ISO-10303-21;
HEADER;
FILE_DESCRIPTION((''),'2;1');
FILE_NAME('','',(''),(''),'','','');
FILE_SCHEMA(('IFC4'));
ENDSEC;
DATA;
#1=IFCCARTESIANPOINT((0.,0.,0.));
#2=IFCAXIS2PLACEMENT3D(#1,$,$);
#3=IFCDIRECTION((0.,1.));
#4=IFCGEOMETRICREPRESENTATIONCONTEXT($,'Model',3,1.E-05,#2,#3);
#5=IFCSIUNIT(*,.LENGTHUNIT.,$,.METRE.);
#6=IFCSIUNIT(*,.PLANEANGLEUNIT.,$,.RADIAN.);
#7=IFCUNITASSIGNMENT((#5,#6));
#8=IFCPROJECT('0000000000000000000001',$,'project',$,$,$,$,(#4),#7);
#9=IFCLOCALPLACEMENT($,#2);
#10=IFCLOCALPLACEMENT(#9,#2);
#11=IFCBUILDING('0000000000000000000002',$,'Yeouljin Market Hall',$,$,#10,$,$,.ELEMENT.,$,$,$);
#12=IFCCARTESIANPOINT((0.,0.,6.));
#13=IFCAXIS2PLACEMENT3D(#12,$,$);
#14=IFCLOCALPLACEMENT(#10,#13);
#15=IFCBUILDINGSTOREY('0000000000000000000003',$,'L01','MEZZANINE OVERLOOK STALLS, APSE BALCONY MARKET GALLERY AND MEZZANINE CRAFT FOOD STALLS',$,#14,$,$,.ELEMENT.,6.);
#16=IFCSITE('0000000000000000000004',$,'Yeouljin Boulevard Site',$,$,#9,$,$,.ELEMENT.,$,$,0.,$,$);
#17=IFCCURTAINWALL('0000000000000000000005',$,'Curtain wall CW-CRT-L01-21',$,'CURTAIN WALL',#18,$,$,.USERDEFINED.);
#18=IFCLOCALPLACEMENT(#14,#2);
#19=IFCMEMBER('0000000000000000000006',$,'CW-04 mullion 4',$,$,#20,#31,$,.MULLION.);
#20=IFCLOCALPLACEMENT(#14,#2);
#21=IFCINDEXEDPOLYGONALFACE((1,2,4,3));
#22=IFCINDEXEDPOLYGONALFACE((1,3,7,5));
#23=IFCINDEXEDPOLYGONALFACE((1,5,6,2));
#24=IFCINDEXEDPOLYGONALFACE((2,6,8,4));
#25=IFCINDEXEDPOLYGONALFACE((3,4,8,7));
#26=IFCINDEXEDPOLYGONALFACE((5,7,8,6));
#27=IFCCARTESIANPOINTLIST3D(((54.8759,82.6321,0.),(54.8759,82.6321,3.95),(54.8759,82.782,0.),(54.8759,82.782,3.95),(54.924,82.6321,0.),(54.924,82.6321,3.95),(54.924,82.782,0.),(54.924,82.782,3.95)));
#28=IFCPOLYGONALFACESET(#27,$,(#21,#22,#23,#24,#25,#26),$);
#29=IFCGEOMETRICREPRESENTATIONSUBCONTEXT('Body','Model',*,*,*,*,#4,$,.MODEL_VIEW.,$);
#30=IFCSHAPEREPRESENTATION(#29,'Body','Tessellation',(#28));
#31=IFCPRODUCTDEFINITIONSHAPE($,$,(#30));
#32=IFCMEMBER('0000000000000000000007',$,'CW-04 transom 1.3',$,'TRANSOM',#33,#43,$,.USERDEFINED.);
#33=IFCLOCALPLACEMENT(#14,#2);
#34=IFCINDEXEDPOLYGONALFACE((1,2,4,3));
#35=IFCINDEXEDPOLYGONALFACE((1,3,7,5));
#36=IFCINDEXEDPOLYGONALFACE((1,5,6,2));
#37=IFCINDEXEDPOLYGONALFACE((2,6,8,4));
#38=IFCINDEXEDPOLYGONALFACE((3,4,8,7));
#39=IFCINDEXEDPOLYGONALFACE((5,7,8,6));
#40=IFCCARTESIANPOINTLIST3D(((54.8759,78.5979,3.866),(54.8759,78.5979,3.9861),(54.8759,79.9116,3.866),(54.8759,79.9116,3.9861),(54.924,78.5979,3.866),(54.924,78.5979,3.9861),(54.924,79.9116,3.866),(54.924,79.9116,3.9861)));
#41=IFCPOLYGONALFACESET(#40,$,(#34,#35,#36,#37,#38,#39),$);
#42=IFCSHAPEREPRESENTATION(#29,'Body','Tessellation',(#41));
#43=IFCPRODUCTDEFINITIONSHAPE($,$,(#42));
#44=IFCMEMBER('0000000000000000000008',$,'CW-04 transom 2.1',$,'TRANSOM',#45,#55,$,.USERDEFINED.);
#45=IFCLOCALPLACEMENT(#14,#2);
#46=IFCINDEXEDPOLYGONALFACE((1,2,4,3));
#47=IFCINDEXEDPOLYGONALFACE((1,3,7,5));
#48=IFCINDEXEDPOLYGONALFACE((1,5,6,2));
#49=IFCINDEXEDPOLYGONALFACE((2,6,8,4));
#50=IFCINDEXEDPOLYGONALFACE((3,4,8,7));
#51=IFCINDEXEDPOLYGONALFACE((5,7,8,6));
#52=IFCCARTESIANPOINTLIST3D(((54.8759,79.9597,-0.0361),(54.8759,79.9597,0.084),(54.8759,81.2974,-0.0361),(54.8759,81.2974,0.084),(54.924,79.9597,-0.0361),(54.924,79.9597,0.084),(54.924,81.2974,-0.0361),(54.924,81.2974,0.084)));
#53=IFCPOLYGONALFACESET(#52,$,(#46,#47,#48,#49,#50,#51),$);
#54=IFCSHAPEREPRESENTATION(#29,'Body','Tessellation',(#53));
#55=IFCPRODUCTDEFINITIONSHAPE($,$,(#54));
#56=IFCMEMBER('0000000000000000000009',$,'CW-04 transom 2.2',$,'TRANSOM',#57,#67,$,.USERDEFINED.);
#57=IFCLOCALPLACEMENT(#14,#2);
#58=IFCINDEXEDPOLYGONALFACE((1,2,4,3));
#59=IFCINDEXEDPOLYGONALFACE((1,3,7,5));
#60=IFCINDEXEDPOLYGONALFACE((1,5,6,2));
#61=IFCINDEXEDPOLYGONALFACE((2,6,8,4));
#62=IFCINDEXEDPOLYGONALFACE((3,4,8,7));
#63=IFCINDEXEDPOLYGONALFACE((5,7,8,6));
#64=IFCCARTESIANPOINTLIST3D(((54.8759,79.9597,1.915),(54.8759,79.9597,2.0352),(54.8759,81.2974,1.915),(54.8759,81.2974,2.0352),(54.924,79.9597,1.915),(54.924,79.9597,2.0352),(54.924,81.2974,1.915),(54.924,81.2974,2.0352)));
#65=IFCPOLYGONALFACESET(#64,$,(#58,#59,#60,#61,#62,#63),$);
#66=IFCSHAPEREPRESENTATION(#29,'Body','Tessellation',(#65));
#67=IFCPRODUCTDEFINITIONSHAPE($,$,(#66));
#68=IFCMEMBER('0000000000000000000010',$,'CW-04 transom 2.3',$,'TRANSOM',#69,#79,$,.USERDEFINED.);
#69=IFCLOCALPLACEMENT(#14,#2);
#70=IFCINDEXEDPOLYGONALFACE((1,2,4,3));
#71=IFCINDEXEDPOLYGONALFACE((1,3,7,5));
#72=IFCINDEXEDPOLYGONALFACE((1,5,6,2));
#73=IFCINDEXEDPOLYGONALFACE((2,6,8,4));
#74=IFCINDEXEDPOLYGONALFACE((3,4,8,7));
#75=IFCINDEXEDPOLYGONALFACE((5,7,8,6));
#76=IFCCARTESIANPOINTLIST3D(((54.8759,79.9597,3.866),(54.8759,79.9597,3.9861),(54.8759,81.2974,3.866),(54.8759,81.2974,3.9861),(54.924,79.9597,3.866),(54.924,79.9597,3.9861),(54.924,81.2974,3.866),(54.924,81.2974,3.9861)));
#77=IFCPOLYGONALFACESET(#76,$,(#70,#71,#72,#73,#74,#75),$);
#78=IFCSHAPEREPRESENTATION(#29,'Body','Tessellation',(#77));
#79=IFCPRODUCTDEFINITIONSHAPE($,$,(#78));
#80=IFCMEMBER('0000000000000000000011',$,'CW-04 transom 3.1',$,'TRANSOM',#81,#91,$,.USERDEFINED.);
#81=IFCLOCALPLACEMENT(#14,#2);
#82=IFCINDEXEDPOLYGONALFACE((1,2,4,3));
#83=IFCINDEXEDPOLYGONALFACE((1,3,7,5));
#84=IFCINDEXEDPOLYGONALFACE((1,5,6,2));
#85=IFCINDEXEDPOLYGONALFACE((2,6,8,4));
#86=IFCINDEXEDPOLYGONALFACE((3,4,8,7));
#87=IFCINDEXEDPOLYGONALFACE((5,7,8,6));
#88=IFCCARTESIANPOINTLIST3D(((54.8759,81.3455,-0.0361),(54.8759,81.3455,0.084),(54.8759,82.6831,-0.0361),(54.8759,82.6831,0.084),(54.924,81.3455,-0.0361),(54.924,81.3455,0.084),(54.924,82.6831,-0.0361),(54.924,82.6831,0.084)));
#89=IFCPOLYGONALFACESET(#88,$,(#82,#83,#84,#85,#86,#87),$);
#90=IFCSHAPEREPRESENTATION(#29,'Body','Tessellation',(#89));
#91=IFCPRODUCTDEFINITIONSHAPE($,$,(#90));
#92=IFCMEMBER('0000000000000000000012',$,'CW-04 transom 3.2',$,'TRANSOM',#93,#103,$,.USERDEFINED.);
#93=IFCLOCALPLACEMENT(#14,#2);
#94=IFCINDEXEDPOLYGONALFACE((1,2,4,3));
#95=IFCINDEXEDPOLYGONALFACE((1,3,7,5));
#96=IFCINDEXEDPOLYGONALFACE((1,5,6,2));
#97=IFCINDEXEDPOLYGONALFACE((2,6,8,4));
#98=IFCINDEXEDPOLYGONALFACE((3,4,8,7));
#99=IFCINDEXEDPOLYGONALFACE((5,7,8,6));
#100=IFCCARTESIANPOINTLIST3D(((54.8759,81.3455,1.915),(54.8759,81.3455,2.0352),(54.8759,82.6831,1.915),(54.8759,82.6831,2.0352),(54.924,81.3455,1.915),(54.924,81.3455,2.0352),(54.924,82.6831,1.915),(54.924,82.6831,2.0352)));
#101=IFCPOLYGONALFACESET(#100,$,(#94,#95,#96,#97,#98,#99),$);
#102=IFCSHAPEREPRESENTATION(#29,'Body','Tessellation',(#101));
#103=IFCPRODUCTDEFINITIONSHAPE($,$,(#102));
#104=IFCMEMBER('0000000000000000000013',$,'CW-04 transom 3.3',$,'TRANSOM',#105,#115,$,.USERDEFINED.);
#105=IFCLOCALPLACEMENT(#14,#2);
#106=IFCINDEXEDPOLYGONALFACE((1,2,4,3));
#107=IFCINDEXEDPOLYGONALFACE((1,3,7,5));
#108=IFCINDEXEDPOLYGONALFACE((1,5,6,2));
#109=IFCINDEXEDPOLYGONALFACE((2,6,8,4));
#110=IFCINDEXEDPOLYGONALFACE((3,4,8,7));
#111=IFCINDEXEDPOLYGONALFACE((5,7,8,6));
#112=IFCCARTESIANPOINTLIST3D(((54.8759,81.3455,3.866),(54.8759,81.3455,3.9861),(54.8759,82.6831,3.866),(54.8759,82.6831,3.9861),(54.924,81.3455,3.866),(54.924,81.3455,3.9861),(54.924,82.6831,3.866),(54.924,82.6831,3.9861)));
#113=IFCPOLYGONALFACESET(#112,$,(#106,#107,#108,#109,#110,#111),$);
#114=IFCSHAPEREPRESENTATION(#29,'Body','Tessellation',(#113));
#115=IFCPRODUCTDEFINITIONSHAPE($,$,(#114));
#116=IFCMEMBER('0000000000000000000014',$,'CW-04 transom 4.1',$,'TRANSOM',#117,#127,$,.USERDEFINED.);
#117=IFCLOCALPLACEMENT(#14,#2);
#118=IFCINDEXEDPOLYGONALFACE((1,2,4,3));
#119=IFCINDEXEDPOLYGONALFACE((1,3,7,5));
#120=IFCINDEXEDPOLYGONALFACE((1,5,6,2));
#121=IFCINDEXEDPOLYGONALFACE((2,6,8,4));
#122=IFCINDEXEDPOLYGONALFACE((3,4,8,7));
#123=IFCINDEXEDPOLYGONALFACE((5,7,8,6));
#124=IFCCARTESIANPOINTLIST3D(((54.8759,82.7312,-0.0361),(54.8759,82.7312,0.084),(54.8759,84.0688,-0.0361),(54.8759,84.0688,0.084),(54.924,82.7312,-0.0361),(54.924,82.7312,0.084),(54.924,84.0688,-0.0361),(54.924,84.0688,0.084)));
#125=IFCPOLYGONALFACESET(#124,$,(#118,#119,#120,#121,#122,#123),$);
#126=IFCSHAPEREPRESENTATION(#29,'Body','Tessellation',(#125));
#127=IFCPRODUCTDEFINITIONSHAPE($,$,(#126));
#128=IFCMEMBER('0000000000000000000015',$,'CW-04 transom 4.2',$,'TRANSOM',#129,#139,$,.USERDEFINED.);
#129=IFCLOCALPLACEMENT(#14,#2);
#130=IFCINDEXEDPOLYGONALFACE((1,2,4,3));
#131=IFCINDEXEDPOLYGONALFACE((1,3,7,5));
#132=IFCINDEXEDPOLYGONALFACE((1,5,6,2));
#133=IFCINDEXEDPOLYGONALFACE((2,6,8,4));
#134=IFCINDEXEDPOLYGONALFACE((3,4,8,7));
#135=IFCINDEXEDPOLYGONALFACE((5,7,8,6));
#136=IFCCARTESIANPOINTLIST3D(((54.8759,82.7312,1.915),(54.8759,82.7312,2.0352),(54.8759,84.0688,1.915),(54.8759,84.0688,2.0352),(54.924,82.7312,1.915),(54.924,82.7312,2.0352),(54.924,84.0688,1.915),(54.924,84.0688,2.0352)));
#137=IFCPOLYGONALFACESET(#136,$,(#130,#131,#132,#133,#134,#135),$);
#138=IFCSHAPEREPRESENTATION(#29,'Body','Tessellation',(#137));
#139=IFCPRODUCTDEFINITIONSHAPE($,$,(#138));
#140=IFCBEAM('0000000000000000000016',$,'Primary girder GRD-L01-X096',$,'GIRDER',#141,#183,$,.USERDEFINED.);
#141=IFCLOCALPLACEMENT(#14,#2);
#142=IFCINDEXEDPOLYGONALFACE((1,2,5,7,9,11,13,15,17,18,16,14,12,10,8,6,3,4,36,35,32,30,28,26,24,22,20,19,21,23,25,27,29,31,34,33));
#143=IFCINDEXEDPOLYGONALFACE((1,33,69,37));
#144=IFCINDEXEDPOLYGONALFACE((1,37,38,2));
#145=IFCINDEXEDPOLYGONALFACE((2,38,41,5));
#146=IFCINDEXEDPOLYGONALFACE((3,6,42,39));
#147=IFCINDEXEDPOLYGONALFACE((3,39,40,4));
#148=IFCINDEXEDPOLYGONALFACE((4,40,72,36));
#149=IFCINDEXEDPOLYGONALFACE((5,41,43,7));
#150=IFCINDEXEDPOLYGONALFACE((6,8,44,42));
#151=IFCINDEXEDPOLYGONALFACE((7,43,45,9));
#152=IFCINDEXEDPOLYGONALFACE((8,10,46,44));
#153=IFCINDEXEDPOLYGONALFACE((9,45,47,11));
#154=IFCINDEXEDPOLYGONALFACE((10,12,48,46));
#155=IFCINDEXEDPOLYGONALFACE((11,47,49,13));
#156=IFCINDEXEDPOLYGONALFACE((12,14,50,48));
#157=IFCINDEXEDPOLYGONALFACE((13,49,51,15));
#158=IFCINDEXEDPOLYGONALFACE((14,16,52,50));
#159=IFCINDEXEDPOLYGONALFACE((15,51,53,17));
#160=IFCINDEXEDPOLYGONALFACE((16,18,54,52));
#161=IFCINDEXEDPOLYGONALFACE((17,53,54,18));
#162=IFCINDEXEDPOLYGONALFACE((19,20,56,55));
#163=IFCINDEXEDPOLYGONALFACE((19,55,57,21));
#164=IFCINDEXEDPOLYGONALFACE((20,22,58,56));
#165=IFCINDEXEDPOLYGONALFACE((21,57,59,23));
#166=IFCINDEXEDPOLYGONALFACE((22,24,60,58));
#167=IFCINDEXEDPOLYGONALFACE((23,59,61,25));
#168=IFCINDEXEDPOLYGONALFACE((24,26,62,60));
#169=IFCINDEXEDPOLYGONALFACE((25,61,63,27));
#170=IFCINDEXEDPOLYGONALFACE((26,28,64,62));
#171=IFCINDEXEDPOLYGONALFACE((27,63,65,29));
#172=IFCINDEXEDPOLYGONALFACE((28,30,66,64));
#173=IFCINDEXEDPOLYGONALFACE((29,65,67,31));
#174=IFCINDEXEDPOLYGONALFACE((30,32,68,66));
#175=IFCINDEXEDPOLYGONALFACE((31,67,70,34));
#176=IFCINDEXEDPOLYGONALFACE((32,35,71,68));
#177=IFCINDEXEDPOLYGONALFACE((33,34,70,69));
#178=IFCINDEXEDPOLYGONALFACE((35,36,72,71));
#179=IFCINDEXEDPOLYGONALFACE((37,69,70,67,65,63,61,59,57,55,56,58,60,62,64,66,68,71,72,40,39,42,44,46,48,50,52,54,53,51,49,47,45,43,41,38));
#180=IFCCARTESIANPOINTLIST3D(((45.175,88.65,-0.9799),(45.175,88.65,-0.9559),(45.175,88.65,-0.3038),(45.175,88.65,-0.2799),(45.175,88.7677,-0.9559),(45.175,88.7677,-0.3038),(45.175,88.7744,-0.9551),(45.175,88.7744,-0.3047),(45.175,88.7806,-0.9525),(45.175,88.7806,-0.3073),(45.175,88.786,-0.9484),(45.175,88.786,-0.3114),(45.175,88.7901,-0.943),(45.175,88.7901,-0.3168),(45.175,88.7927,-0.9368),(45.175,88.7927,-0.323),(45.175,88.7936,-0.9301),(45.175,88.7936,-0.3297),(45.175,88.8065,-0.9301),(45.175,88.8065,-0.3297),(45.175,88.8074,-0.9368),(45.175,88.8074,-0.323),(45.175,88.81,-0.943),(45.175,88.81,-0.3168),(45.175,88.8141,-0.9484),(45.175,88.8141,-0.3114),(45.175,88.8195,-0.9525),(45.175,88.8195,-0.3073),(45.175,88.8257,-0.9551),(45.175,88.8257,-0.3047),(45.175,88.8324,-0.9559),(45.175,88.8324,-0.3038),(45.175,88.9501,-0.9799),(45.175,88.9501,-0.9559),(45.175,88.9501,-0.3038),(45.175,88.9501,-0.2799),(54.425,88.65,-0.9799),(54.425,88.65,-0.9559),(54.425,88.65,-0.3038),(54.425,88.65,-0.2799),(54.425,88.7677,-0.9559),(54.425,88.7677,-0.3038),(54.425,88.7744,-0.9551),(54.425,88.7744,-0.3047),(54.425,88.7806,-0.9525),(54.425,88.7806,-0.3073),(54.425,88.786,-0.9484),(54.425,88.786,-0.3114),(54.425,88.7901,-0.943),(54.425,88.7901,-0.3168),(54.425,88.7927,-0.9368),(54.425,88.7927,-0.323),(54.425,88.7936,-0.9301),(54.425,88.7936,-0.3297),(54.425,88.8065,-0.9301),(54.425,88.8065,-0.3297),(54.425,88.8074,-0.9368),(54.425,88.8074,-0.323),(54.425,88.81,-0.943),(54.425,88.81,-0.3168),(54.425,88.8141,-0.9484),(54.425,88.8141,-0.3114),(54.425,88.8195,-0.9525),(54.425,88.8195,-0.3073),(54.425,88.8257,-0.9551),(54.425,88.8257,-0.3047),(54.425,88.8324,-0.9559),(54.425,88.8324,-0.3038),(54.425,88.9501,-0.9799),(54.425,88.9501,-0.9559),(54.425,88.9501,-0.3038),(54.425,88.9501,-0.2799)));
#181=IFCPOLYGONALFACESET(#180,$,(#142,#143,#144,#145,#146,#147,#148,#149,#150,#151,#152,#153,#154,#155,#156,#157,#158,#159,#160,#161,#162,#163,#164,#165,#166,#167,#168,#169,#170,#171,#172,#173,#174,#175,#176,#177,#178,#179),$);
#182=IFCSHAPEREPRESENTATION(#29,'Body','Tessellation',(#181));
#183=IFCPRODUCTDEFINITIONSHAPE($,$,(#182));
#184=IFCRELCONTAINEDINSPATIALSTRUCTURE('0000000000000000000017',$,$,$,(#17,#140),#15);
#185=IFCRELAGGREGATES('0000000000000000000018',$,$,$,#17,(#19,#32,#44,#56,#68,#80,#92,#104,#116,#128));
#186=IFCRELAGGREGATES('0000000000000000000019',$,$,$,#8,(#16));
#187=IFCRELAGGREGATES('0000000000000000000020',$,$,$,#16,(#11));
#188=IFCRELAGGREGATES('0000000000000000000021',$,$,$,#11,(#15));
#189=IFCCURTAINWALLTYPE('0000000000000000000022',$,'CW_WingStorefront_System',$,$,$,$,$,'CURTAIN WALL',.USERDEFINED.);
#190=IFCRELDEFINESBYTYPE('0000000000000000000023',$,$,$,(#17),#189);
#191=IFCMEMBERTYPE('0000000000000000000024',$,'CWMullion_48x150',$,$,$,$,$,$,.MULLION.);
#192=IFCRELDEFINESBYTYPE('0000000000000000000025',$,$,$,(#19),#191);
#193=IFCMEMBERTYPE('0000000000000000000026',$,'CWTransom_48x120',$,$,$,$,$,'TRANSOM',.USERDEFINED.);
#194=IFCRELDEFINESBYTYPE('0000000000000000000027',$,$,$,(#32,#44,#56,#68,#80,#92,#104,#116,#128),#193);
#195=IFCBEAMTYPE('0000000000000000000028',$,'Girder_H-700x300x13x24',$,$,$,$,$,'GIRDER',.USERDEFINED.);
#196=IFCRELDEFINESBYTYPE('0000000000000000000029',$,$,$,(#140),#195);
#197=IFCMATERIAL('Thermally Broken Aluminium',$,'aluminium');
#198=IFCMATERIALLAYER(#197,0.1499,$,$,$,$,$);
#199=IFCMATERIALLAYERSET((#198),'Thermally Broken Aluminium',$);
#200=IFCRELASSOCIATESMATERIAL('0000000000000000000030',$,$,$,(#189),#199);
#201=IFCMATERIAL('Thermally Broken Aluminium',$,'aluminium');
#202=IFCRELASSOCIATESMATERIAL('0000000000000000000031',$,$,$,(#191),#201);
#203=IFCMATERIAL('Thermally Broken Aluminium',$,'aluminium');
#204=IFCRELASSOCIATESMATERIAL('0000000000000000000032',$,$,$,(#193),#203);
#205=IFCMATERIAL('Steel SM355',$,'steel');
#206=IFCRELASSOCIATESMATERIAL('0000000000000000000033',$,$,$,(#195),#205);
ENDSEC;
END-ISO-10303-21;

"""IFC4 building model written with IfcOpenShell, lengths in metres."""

from ifc_helpers import new_model, si_unit, direction, frame, origin, origin_2d, place, context, subcontext, project, spatial, rectangle, i_section, extrude, material, layer, layer_set, material_profile, profile_set, type_object, element, aggregate, save


model = new_model("IFC4")

# Units and contexts
model_context = context("Model", 3, precision=1e-05, world=origin(), true_north=direction((0.0, 1.0)))
body_context = subcontext(model_context, "Body", "Model", "MODEL_VIEW")
ifc_project = project(units=[si_unit("LENGTHUNIT", "METRE"), si_unit("PLANEANGLEUNIT", "RADIAN")], contexts=[model_context])

# Site, building, storey
site_placement = place(None, origin())
site = spatial("IfcSite", under=ifc_project, at=site_placement, Name="Yeouljin Boulevard Site", CompositionType="ELEMENT", RefElevation=0.0)
building_placement = place(site_placement, origin())
building = spatial("IfcBuilding", under=site, at=building_placement, Name="Yeouljin Market Hall", CompositionType="ELEMENT")
storey_placement = place(building_placement, frame((0.0, 0.0, 6.0)))
storey = spatial("IfcBuildingStorey", under=building, at=storey_placement, Name="L01", Description="MEZZANINE OVERLOOK STALLS, APSE BALCONY MARKET GALLERY AND MEZZANINE CRAFT FOOD STALLS", CompositionType="ELEMENT", Elevation=6.0)

# Curtain wall, members
ifc_material_1 = material(Name="Thermally Broken Aluminium", Category="aluminium")
ifc_layer_1 = layer(ifc_material_1, 0.1499)
ifc_layer_set_1 = layer_set([ifc_layer_1], Name="Thermally Broken Aluminium")
curtain_wall_type = type_object("IfcCurtainWallType", Name="CW_WingStorefront_System", ElementType="CURTAIN WALL", PredefinedType="USERDEFINED", material=ifc_layer_set_1)
curtain_wall_placement = place(storey_placement, origin())
curtain_wall = element("IfcCurtainWall", 1, at=curtain_wall_placement, inside=storey, type_object=curtain_wall_type, Name="Curtain wall CW-CRT-L01-21", ObjectType="CURTAIN WALL", PredefinedType="USERDEFINED")
ifc_material_2 = material(Name="Thermally Broken Aluminium", Category="aluminium")
ifc_material_profile_1 = material_profile(ifc_material_2, rectangle(XDim=0.0481, YDim=0.1499, at=origin_2d()), Name="CW-MULL-48x150")
ifc_profile_set_1 = profile_set([ifc_material_profile_1], Name="Thermally Broken Aluminium")
member_type_1 = type_object("IfcMemberType", Name="CWMullion_48x150", PredefinedType="MULLION", material=ifc_profile_set_1)
member_1_placement = place(storey_placement, frame((54.8999, 82.707, 0.0), z_axis=(0.0, 0.0, 1.0), x_axis=(-1.0, 0.0, 0.0)))
member_1 = element("IfcMember", 2, at=member_1_placement, type_object=member_type_1, Name="CW-04 mullion 4", PredefinedType="MULLION", context=body_context, shape_type="SweptSolid", body=[
    extrude(rectangle(XDim=0.0481, YDim=0.1499, at=origin_2d()), origin(), (0.0, 0.0, 1.0), 3.95),
])
ifc_material_3 = material(Name="Thermally Broken Aluminium", Category="aluminium")
ifc_material_profile_2 = material_profile(ifc_material_3, rectangle(XDim=0.0481, YDim=0.1201, at=origin_2d()), Name="CW-TRAN-48x120")
ifc_profile_set_2 = profile_set([ifc_material_profile_2], Name="Thermally Broken Aluminium")
member_type_2 = type_object("IfcMemberType", Name="CWTransom_48x120", ElementType="TRANSOM", PredefinedType="USERDEFINED", material=ifc_profile_set_2)
member_2_placement = place(storey_placement, frame((54.8999, 78.5979, 3.926), z_axis=(0.0, 1.0, 0.0), x_axis=(-1.0, 0.0, 0.0)))
member_2 = element("IfcMember", 3, at=member_2_placement, type_object=member_type_2, Name="CW-04 transom 1.3", ObjectType="TRANSOM", PredefinedType="USERDEFINED", context=body_context, shape_type="SweptSolid", body=[
    extrude(rectangle(XDim=0.0481, YDim=0.1201, at=origin_2d()), origin(), (0.0, 0.0, 1.0), 1.3137),
])
member_3_placement = place(storey_placement, frame((54.8999, 79.9597, 0.0239), z_axis=(0.0, 1.0, 0.0), x_axis=(-1.0, 0.0, 0.0)))
member_3 = element("IfcMember", 4, at=member_3_placement, type_object=member_type_2, Name="CW-04 transom 2.1", ObjectType="TRANSOM", PredefinedType="USERDEFINED", context=body_context, shape_type="SweptSolid", body=[
    extrude(rectangle(XDim=0.0481, YDim=0.1201, at=origin_2d()), origin(), (0.0, 0.0, 1.0), 1.3376),
])
member_4_placement = place(storey_placement, frame((54.8999, 79.9597, 1.9751), z_axis=(0.0, 1.0, 0.0), x_axis=(-1.0, 0.0, 0.0)))
member_4 = element("IfcMember", 5, at=member_4_placement, type_object=member_type_2, Name="CW-04 transom 2.2", ObjectType="TRANSOM", PredefinedType="USERDEFINED", context=body_context, shape_type="SweptSolid", body=[
    extrude(rectangle(XDim=0.0481, YDim=0.1201, at=origin_2d()), origin(), (0.0, 0.0, 1.0), 1.3376),
])
member_5_placement = place(storey_placement, frame((54.8999, 79.9597, 3.926), z_axis=(0.0, 1.0, 0.0), x_axis=(-1.0, 0.0, 0.0)))
member_5 = element("IfcMember", 6, at=member_5_placement, type_object=member_type_2, Name="CW-04 transom 2.3", ObjectType="TRANSOM", PredefinedType="USERDEFINED", context=body_context, shape_type="SweptSolid", body=[
    extrude(rectangle(XDim=0.0481, YDim=0.1201, at=origin_2d()), origin(), (0.0, 0.0, 1.0), 1.3376),
])
member_6_placement = place(storey_placement, frame((54.8999, 81.3455, 0.0239), z_axis=(0.0, 1.0, 0.0), x_axis=(-1.0, 0.0, 0.0)))
member_6 = element("IfcMember", 7, at=member_6_placement, type_object=member_type_2, Name="CW-04 transom 3.1", ObjectType="TRANSOM", PredefinedType="USERDEFINED", context=body_context, shape_type="SweptSolid", body=[
    extrude(rectangle(XDim=0.0481, YDim=0.1201, at=origin_2d()), origin(), (0.0, 0.0, 1.0), 1.3376),
])
member_7_placement = place(storey_placement, frame((54.8999, 81.3455, 1.9751), z_axis=(0.0, 1.0, 0.0), x_axis=(-1.0, 0.0, 0.0)))
member_7 = element("IfcMember", 8, at=member_7_placement, type_object=member_type_2, Name="CW-04 transom 3.2", ObjectType="TRANSOM", PredefinedType="USERDEFINED", context=body_context, shape_type="SweptSolid", body=[
    extrude(rectangle(XDim=0.0481, YDim=0.1201, at=origin_2d()), origin(), (0.0, 0.0, 1.0), 1.3376),
])
member_8_placement = place(storey_placement, frame((54.8999, 81.3455, 3.926), z_axis=(0.0, 1.0, 0.0), x_axis=(-1.0, 0.0, 0.0)))
member_8 = element("IfcMember", 9, at=member_8_placement, type_object=member_type_2, Name="CW-04 transom 3.3", ObjectType="TRANSOM", PredefinedType="USERDEFINED", context=body_context, shape_type="SweptSolid", body=[
    extrude(rectangle(XDim=0.0481, YDim=0.1201, at=origin_2d()), origin(), (0.0, 0.0, 1.0), 1.3376),
])
member_9_placement = place(storey_placement, frame((54.8999, 82.7312, 0.0239), z_axis=(0.0, 1.0, 0.0), x_axis=(-1.0, 0.0, 0.0)))
member_9 = element("IfcMember", 10, at=member_9_placement, type_object=member_type_2, Name="CW-04 transom 4.1", ObjectType="TRANSOM", PredefinedType="USERDEFINED", context=body_context, shape_type="SweptSolid", body=[
    extrude(rectangle(XDim=0.0481, YDim=0.1201, at=origin_2d()), origin(), (0.0, 0.0, 1.0), 1.3376),
])
member_10_placement = place(storey_placement, frame((54.8999, 82.7312, 1.9751), z_axis=(0.0, 1.0, 0.0), x_axis=(-1.0, 0.0, 0.0)))
member_10 = element("IfcMember", 11, at=member_10_placement, type_object=member_type_2, Name="CW-04 transom 4.2", ObjectType="TRANSOM", PredefinedType="USERDEFINED", context=body_context, shape_type="SweptSolid", body=[
    extrude(rectangle(XDim=0.0481, YDim=0.1201, at=origin_2d()), origin(), (0.0, 0.0, 1.0), 1.3376),
])

# Beam
ifc_material_4 = material(Name="Steel SM355", Category="steel")
ifc_material_profile_3 = material_profile(ifc_material_4, i_section(OverallWidth=0.3, OverallDepth=0.7, WebThickness=0.0129, FlangeThickness=0.0239, FilletRadius=0.0259, at=origin_2d()), Name="H-700x300x13x24")
ifc_profile_set_3 = profile_set([ifc_material_profile_3], Name="Steel SM355")
beam_type_1 = type_object("IfcBeamType", Name="Girder_H-700x300x13x24", ElementType="GIRDER", PredefinedType="USERDEFINED", material=ifc_profile_set_3)
for number, where, z_axis, x_axis, name in (
    (12, (45.175, 88.8, -0.6299), (1.0, 0.0, 0.0), (0.0, 1.0, 0.0), "Primary girder GRD-L01-X096"),
):
    element("IfcBeam", number, at=place(storey_placement, frame(where, z_axis=z_axis, x_axis=x_axis)), inside=storey, type_object=beam_type_1, Name=name, ObjectType="GIRDER", PredefinedType="USERDEFINED", context=body_context, shape_type="SweptSolid", body=[
        extrude(i_section(OverallWidth=0.3, OverallDepth=0.7, WebThickness=0.0129, FlangeThickness=0.0239, FilletRadius=0.0259, at=origin_2d()), origin(), (0.0, 0.0, 1.0), 9.25),
    ])

aggregate(curtain_wall, [member_1, member_2, member_3, member_4, member_5, member_6, member_7, member_8, member_9, member_10])

save(model, "model.ifc")
